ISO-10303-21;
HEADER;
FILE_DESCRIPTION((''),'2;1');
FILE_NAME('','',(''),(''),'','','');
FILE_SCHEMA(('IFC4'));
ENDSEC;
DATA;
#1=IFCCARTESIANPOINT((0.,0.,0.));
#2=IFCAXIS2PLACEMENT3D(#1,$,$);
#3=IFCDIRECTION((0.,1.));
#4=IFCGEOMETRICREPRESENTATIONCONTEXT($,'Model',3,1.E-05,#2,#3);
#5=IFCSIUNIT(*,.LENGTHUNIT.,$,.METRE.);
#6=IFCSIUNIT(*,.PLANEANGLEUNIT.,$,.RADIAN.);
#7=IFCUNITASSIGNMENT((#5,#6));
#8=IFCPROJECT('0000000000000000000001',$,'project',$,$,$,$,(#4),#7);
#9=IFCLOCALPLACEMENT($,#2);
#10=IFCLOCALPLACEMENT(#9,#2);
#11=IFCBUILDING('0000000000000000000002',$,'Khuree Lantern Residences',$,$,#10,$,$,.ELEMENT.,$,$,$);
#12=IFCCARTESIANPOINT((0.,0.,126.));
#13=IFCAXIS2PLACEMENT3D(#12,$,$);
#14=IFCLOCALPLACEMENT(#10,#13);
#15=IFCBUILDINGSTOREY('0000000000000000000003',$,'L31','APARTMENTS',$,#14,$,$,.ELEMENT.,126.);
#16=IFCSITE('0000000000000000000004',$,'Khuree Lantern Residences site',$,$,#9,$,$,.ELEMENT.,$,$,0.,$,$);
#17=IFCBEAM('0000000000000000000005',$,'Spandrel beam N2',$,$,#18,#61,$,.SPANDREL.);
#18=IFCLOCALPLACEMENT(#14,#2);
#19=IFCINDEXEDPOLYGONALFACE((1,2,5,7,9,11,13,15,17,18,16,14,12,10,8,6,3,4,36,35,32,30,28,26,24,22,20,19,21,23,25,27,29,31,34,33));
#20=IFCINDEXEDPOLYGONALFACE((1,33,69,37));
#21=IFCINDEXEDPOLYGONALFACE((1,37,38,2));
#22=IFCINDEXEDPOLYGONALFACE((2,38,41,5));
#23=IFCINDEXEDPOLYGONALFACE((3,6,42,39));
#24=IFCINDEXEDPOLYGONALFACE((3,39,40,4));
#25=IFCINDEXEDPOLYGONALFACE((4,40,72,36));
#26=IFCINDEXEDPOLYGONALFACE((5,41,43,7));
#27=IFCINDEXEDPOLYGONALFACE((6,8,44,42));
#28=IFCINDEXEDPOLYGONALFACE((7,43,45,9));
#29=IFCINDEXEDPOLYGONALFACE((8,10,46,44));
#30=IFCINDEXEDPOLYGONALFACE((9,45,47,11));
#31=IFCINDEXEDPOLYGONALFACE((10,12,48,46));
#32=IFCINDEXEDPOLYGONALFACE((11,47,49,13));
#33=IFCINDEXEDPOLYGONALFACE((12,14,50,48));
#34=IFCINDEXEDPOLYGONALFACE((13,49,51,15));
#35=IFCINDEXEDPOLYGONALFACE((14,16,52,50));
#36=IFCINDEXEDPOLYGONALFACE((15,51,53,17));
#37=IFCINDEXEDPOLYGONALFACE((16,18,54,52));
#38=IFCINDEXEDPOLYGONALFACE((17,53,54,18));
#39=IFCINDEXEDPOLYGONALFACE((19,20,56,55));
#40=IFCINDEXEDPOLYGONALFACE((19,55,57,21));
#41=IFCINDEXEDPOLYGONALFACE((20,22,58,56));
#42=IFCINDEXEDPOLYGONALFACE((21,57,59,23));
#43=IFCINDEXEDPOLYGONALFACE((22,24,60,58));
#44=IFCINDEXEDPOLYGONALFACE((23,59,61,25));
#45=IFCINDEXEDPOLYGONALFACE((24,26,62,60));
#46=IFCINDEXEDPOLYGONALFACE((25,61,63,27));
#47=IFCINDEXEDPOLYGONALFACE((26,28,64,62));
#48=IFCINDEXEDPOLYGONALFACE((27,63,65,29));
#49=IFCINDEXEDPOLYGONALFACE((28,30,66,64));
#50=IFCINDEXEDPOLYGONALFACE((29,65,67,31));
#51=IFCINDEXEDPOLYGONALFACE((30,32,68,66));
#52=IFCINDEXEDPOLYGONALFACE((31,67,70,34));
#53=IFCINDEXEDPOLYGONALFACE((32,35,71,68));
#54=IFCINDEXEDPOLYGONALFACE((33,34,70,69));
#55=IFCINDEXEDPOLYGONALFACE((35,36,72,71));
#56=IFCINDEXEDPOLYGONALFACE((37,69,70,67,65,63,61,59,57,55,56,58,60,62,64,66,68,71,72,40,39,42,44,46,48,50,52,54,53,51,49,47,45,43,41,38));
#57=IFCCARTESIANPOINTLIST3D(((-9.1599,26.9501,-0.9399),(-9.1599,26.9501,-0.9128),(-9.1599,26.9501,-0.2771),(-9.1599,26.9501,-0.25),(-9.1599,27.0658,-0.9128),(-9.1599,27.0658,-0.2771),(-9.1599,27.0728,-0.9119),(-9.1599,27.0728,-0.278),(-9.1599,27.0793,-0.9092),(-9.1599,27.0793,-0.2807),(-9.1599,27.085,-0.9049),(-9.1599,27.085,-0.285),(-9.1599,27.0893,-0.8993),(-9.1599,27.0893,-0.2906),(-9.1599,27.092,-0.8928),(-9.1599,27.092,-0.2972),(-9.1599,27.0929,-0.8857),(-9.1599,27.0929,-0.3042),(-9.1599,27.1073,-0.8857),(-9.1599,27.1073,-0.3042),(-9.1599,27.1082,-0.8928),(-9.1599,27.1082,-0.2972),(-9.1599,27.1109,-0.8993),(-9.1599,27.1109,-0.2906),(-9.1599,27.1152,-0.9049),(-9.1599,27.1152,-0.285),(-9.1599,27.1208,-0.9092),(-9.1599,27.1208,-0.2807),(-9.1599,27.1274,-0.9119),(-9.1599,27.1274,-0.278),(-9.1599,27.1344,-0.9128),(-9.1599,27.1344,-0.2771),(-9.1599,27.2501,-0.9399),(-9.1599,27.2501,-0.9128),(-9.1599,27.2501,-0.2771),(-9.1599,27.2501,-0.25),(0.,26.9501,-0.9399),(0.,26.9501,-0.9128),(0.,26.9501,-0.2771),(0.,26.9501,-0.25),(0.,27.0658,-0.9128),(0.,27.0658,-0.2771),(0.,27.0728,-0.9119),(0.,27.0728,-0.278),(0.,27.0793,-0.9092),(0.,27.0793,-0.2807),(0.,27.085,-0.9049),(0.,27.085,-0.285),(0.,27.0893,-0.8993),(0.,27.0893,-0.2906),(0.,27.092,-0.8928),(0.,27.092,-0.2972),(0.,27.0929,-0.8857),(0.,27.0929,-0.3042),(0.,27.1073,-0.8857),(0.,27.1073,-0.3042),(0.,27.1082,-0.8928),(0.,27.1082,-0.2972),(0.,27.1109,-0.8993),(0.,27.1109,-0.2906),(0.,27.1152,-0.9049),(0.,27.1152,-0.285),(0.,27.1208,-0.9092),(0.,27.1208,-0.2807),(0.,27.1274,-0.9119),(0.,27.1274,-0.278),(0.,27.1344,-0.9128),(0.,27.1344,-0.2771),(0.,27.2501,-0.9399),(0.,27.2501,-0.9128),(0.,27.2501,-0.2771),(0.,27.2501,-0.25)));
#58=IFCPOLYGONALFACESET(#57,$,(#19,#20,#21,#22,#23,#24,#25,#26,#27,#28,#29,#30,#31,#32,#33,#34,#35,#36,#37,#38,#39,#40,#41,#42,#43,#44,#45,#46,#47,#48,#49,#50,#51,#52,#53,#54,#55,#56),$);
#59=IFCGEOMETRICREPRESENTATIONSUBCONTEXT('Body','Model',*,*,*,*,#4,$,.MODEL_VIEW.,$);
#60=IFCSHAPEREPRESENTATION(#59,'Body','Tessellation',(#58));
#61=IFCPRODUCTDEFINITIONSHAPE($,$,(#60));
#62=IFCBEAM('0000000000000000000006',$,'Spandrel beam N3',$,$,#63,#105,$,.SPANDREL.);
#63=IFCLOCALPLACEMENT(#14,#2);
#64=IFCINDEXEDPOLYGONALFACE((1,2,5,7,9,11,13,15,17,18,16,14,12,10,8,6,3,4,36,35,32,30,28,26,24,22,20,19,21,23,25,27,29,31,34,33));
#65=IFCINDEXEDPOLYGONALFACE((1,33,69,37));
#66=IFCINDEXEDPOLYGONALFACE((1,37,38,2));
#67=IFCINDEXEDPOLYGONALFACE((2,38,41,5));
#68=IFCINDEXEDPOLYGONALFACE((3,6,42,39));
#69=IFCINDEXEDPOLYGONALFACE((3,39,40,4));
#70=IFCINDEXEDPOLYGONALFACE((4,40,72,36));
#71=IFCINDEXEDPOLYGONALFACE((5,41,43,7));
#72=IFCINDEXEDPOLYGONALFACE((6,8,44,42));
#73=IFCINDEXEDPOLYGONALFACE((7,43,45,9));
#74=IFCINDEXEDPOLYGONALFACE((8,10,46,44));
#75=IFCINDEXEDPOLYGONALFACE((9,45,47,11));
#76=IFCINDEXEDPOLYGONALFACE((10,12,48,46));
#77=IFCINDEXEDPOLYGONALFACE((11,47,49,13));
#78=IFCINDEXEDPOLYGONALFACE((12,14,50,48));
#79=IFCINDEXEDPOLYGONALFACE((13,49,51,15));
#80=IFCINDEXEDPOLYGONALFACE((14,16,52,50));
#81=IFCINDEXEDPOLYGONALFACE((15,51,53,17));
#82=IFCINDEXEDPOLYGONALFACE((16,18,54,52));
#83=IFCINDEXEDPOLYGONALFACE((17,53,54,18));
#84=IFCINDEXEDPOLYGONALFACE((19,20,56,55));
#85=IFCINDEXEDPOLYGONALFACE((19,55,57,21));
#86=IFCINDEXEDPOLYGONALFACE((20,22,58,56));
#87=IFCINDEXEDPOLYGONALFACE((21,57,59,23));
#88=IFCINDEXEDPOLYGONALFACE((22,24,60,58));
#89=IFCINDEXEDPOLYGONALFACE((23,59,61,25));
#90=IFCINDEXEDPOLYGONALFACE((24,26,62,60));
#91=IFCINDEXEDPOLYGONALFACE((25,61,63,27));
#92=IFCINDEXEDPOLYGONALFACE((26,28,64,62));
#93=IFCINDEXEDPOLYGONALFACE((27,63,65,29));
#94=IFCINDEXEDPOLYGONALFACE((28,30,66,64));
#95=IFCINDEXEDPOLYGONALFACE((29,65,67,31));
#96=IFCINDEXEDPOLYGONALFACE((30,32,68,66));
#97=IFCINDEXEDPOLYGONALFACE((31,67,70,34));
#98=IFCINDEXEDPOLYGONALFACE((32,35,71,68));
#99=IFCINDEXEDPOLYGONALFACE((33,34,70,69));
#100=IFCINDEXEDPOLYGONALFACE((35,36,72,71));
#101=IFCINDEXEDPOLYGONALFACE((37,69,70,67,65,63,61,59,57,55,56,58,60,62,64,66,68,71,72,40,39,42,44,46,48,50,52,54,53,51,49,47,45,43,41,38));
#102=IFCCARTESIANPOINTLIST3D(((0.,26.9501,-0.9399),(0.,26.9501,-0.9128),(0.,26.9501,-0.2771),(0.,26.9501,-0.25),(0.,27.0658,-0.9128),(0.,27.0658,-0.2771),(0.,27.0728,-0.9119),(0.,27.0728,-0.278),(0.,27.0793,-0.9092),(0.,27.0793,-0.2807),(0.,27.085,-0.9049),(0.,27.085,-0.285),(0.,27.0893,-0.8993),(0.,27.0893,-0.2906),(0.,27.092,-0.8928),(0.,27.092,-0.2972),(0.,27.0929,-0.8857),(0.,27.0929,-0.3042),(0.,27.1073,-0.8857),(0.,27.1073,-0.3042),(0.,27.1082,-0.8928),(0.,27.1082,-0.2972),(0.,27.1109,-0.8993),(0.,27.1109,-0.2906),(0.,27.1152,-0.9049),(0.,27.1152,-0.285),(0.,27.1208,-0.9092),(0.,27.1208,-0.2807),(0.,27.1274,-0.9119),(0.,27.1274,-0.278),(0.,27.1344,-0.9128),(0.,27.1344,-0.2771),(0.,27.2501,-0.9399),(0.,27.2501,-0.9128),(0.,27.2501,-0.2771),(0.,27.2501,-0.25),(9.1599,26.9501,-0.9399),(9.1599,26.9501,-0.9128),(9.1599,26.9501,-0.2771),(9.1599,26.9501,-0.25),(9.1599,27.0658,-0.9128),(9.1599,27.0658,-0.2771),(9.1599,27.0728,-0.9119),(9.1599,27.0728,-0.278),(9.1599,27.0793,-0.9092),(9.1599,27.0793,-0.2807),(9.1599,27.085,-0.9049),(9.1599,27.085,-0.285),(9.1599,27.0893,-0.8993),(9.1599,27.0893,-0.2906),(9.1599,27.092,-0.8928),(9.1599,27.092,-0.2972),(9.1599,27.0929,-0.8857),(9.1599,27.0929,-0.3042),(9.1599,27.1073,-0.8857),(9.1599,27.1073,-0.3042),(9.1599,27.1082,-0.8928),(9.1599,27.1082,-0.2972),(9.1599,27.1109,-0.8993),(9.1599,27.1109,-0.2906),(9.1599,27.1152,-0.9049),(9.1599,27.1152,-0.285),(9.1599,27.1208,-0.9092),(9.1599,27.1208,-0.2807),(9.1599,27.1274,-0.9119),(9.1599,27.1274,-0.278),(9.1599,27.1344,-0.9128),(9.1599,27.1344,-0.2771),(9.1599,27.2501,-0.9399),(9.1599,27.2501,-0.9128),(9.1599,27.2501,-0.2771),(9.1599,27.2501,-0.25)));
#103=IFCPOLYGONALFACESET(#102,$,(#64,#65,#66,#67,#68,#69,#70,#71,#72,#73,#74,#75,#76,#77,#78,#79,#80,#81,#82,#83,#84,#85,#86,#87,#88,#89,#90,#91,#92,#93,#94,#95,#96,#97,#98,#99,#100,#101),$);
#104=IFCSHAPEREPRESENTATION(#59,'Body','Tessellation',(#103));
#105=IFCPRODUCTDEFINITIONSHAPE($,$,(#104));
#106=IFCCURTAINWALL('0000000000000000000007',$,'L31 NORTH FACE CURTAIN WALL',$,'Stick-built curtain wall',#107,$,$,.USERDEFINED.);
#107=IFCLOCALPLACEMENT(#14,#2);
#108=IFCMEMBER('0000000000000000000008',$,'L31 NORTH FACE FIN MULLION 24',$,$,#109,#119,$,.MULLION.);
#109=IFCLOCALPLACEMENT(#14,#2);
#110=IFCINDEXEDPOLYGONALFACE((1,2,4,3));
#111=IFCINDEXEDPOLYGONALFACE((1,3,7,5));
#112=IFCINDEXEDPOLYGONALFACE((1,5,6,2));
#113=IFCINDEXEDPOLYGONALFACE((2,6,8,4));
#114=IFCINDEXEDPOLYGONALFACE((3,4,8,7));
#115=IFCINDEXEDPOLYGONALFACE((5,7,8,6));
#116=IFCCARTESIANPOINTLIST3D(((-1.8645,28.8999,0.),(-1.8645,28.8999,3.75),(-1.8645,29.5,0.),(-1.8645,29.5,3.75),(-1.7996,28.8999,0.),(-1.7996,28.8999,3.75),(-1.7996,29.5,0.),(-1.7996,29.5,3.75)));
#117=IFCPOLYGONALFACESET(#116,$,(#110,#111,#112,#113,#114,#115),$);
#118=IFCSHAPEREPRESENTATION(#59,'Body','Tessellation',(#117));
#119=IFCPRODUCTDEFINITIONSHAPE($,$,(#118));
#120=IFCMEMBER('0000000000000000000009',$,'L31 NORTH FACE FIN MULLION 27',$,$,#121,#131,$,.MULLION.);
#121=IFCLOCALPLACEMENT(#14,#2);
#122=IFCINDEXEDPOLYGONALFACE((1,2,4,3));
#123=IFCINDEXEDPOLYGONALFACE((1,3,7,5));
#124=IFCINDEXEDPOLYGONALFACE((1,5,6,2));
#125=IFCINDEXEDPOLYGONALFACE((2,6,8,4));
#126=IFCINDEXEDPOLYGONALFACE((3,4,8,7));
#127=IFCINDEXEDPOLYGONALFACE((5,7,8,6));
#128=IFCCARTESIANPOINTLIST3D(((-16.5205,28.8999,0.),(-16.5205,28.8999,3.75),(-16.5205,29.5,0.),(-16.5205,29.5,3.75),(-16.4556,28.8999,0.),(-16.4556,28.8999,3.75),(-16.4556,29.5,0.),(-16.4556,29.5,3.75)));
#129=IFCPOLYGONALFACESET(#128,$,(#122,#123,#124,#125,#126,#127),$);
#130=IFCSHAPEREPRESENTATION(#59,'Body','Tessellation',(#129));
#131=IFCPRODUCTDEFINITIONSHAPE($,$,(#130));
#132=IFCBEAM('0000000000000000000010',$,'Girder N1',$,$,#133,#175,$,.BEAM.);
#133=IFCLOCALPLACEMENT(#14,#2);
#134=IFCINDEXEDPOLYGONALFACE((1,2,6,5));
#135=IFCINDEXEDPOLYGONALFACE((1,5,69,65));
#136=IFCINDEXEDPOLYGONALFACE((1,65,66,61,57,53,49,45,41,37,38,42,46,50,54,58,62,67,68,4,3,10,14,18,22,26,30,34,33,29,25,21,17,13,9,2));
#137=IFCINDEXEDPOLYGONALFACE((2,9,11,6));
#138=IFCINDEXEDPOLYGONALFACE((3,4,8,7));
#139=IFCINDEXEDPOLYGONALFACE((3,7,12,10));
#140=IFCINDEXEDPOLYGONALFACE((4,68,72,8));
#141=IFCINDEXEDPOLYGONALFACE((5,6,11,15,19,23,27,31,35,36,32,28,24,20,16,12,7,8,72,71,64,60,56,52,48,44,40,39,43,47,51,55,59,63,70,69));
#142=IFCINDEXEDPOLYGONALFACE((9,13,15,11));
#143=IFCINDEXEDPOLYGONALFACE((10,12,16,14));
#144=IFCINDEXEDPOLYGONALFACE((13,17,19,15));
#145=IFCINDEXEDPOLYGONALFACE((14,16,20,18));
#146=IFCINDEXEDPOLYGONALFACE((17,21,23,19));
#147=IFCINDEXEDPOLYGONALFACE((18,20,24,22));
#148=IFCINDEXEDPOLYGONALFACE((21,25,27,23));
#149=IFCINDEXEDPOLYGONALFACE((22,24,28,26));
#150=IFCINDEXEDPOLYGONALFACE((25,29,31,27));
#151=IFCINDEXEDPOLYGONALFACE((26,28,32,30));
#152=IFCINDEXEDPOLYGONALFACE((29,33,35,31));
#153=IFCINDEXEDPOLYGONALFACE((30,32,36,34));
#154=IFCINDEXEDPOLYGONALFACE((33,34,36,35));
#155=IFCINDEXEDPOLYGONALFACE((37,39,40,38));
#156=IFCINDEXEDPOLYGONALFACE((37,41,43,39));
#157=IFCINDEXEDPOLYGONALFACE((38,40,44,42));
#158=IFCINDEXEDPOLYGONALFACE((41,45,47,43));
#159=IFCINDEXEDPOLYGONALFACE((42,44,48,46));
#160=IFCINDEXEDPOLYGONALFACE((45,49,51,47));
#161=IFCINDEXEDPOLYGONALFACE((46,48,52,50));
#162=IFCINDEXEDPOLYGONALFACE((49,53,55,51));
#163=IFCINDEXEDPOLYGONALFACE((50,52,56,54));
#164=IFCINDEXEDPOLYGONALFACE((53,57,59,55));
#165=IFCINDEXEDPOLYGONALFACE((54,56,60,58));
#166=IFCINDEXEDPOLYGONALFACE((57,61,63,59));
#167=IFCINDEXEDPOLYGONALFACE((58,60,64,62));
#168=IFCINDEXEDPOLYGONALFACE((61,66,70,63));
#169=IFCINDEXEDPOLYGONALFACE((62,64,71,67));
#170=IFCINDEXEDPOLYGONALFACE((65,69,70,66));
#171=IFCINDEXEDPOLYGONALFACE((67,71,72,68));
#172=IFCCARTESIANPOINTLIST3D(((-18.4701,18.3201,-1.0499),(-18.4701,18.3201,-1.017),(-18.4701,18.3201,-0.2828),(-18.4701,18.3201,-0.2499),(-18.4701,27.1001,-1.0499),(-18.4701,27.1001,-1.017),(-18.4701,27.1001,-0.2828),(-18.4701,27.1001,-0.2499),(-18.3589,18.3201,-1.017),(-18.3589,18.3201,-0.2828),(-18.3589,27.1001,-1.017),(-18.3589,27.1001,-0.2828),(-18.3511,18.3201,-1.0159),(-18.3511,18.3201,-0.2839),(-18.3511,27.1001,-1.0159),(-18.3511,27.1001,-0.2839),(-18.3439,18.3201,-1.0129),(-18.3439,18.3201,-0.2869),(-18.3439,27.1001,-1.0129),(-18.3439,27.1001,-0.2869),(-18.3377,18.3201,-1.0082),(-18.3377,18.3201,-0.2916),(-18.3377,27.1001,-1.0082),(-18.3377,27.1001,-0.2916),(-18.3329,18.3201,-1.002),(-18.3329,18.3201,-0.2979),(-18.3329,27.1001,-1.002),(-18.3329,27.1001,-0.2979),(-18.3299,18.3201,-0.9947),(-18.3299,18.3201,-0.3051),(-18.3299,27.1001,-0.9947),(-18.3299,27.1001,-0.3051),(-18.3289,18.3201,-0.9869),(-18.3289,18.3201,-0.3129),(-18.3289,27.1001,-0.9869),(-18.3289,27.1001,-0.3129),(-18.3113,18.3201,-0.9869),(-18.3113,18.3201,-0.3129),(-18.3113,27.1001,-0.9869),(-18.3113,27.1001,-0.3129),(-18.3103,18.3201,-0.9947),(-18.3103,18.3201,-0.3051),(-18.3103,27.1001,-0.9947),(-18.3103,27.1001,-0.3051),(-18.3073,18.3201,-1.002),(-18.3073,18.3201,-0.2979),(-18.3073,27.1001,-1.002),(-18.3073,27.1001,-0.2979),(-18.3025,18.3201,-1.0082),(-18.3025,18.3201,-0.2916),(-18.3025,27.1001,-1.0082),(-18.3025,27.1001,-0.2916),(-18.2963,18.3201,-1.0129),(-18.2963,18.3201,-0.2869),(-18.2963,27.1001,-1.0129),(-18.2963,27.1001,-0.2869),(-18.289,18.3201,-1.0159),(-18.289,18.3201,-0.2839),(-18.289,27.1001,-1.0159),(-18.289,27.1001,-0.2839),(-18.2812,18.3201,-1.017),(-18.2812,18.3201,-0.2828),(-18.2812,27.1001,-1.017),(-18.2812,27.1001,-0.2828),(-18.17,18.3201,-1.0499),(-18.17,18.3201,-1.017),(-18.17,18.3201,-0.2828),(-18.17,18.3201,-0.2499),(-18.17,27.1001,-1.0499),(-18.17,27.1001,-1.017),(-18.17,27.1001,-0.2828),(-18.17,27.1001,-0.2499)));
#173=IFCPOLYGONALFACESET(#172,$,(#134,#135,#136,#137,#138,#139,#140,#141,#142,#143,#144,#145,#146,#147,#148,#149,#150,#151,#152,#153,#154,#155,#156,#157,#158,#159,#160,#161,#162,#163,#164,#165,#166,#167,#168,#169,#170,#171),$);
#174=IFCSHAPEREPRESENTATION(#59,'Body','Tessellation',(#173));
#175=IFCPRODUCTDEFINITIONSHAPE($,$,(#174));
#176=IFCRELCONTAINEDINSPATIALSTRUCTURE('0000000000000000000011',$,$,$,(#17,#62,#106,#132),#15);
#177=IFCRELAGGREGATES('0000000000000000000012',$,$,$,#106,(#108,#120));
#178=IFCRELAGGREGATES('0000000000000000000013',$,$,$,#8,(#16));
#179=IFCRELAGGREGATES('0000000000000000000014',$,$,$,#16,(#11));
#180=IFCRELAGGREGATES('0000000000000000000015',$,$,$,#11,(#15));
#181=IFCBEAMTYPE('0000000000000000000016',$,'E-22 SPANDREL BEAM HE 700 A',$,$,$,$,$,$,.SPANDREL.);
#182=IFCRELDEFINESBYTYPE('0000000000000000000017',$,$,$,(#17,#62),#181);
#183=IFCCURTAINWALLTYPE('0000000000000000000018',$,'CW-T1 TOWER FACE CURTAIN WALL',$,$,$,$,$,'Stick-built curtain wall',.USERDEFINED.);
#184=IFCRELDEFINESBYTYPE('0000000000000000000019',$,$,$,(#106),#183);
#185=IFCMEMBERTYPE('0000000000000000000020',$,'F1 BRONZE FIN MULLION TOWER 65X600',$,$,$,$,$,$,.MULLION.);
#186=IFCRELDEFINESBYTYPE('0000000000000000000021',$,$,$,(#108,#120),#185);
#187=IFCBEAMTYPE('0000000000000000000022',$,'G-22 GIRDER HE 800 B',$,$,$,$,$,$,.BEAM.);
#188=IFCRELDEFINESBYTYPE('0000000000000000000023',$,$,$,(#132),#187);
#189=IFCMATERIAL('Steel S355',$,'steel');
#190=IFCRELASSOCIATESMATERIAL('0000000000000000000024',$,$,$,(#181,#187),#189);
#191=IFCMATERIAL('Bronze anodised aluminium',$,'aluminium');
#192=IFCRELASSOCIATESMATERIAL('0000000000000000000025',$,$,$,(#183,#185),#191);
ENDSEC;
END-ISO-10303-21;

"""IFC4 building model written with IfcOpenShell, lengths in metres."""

from ifc_helpers import new_model, si_unit, direction, frame, origin, origin_2d, place, context, subcontext, project, spatial, rectangle, i_section, extrude, material, material_profile, profile_set, type_object, element, aggregate, save


model = new_model("IFC4")

# Units and contexts
model_context = context("Model", 3, precision=1e-05, world=origin(), true_north=direction((0.0, 1.0)))
body_context = subcontext(model_context, "Body", "Model", "MODEL_VIEW")
ifc_project = project(units=[si_unit("LENGTHUNIT", "METRE"), si_unit("PLANEANGLEUNIT", "RADIAN")], contexts=[model_context])

# Site, building, storey
site_placement = place(None, origin())
site = spatial("IfcSite", under=ifc_project, at=site_placement, Name="Khuree Lantern Residences site", CompositionType="ELEMENT", RefElevation=0.0)
building_placement = place(site_placement, origin())
building = spatial("IfcBuilding", under=site, at=building_placement, Name="Khuree Lantern Residences", CompositionType="ELEMENT")
storey_placement = place(building_placement, frame((0.0, 0.0, 126.0)))
storey = spatial("IfcBuildingStorey", under=building, at=storey_placement, Name="L31", Description="APARTMENTS", CompositionType="ELEMENT", Elevation=126.0)

# Beams
ifc_material_1 = material(Name="Steel S355", Category="steel")
ifc_material_profile_1 = material_profile(ifc_material_1, i_section(OverallWidth=0.3, OverallDepth=0.6899, WebThickness=0.0144, FlangeThickness=0.0271, FilletRadius=0.0271, at=origin_2d()), Name="HE 700 A")
ifc_profile_set_1 = profile_set([ifc_material_profile_1], Name="Steel S355")
beam_type_1 = type_object("IfcBeamType", Name="E-22 SPANDREL BEAM HE 700 A", PredefinedType="SPANDREL", material=ifc_profile_set_1)
for number, where, z_axis, x_axis, name in (
    (1, (-9.1599, 27.1001, -0.595), (1.0, 0.0, 0.0), (0.0, 1.0, 0.0), "Spandrel beam N2"),
    (2, (0.0, 27.1001, -0.595), (1.0, 0.0, 0.0), (0.0, 1.0, 0.0), "Spandrel beam N3"),
):
    element("IfcBeam", number, at=place(storey_placement, frame(where, z_axis=z_axis, x_axis=x_axis)), inside=storey, type_object=beam_type_1, Name=name, PredefinedType="SPANDREL", context=body_context, shape_type="SweptSolid", body=[
        extrude(i_section(OverallWidth=0.3, OverallDepth=0.6899, WebThickness=0.0144, FlangeThickness=0.0271, FilletRadius=0.0271, at=origin_2d()), origin(), (0.0, 0.0, 1.0), 9.1599),
    ])

# Curtain wall, members
ifc_material_2 = material(Name="Bronze anodised aluminium", Category="aluminium")
curtain_wall_type = type_object("IfcCurtainWallType", Name="CW-T1 TOWER FACE CURTAIN WALL", ElementType="Stick-built curtain wall", PredefinedType="USERDEFINED", material=ifc_material_2)
curtain_wall_placement = place(storey_placement, origin())
curtain_wall = element("IfcCurtainWall", 3, at=curtain_wall_placement, inside=storey, type_object=curtain_wall_type, Name="L31 NORTH FACE CURTAIN WALL", ObjectType="Stick-built curtain wall", PredefinedType="USERDEFINED")
ifc_material_profile_2 = material_profile(ifc_material_2, rectangle(XDim=0.0649, YDim=0.6001, at=origin_2d()), Name="F1 65X600")
ifc_profile_set_2 = profile_set([ifc_material_profile_2], Name="Bronze anodised aluminium")
member_type_1 = type_object("IfcMemberType", Name="F1 BRONZE FIN MULLION TOWER 65X600", PredefinedType="MULLION", material=ifc_profile_set_2)
member_1_placement = place(storey_placement, frame((-1.832, 29.2, 0.0), z_axis=(0.0, 0.0, 1.0), x_axis=(-1.0, 0.0, 0.0)))
member_1 = element("IfcMember", 4, at=member_1_placement, type_object=member_type_1, Name="L31 NORTH FACE FIN MULLION 24", PredefinedType="MULLION", context=body_context, shape_type="SweptSolid", body=[
    extrude(rectangle(XDim=0.0649, YDim=0.6001, at=origin_2d()), origin(), (0.0, 0.0, 1.0), 3.75),
])
member_2_placement = place(storey_placement, frame((-16.488, 29.2, 0.0), z_axis=(0.0, 0.0, 1.0), x_axis=(-1.0, 0.0, 0.0)))
member_2 = element("IfcMember", 5, at=member_2_placement, type_object=member_type_1, Name="L31 NORTH FACE FIN MULLION 27", PredefinedType="MULLION", context=body_context, shape_type="SweptSolid", body=[
    extrude(rectangle(XDim=0.0649, YDim=0.6001, at=origin_2d()), origin(), (0.0, 0.0, 1.0), 3.75),
])

# Beam
ifc_material_profile_3 = material_profile(ifc_material_1, i_section(OverallWidth=0.3, OverallDepth=0.8, WebThickness=0.0176, FlangeThickness=0.033, FilletRadius=0.03, at=origin_2d()), Name="HE 800 B")
ifc_profile_set_3 = profile_set([ifc_material_profile_3], Name="Steel S355")
beam_type_2 = type_object("IfcBeamType", Name="G-22 GIRDER HE 800 B", PredefinedType="BEAM", material=ifc_profile_set_3)
beam_1_placement = place(storey_placement, frame((-18.3201, 27.1001, -0.6499), z_axis=(0.0, -1.0, 0.0), x_axis=(1.0, 0.0, 0.0)))
element("IfcBeam", 6, at=beam_1_placement, inside=storey, type_object=beam_type_2, Name="Girder N1", PredefinedType="BEAM", context=body_context, shape_type="SweptSolid", body=[
    extrude(i_section(OverallWidth=0.3, OverallDepth=0.8, WebThickness=0.0176, FlangeThickness=0.033, FilletRadius=0.03, at=origin_2d()), origin(), (0.0, 0.0, 1.0), 8.78),
])

aggregate(curtain_wall, [member_1, member_2])

save(model, "model.ifc")
